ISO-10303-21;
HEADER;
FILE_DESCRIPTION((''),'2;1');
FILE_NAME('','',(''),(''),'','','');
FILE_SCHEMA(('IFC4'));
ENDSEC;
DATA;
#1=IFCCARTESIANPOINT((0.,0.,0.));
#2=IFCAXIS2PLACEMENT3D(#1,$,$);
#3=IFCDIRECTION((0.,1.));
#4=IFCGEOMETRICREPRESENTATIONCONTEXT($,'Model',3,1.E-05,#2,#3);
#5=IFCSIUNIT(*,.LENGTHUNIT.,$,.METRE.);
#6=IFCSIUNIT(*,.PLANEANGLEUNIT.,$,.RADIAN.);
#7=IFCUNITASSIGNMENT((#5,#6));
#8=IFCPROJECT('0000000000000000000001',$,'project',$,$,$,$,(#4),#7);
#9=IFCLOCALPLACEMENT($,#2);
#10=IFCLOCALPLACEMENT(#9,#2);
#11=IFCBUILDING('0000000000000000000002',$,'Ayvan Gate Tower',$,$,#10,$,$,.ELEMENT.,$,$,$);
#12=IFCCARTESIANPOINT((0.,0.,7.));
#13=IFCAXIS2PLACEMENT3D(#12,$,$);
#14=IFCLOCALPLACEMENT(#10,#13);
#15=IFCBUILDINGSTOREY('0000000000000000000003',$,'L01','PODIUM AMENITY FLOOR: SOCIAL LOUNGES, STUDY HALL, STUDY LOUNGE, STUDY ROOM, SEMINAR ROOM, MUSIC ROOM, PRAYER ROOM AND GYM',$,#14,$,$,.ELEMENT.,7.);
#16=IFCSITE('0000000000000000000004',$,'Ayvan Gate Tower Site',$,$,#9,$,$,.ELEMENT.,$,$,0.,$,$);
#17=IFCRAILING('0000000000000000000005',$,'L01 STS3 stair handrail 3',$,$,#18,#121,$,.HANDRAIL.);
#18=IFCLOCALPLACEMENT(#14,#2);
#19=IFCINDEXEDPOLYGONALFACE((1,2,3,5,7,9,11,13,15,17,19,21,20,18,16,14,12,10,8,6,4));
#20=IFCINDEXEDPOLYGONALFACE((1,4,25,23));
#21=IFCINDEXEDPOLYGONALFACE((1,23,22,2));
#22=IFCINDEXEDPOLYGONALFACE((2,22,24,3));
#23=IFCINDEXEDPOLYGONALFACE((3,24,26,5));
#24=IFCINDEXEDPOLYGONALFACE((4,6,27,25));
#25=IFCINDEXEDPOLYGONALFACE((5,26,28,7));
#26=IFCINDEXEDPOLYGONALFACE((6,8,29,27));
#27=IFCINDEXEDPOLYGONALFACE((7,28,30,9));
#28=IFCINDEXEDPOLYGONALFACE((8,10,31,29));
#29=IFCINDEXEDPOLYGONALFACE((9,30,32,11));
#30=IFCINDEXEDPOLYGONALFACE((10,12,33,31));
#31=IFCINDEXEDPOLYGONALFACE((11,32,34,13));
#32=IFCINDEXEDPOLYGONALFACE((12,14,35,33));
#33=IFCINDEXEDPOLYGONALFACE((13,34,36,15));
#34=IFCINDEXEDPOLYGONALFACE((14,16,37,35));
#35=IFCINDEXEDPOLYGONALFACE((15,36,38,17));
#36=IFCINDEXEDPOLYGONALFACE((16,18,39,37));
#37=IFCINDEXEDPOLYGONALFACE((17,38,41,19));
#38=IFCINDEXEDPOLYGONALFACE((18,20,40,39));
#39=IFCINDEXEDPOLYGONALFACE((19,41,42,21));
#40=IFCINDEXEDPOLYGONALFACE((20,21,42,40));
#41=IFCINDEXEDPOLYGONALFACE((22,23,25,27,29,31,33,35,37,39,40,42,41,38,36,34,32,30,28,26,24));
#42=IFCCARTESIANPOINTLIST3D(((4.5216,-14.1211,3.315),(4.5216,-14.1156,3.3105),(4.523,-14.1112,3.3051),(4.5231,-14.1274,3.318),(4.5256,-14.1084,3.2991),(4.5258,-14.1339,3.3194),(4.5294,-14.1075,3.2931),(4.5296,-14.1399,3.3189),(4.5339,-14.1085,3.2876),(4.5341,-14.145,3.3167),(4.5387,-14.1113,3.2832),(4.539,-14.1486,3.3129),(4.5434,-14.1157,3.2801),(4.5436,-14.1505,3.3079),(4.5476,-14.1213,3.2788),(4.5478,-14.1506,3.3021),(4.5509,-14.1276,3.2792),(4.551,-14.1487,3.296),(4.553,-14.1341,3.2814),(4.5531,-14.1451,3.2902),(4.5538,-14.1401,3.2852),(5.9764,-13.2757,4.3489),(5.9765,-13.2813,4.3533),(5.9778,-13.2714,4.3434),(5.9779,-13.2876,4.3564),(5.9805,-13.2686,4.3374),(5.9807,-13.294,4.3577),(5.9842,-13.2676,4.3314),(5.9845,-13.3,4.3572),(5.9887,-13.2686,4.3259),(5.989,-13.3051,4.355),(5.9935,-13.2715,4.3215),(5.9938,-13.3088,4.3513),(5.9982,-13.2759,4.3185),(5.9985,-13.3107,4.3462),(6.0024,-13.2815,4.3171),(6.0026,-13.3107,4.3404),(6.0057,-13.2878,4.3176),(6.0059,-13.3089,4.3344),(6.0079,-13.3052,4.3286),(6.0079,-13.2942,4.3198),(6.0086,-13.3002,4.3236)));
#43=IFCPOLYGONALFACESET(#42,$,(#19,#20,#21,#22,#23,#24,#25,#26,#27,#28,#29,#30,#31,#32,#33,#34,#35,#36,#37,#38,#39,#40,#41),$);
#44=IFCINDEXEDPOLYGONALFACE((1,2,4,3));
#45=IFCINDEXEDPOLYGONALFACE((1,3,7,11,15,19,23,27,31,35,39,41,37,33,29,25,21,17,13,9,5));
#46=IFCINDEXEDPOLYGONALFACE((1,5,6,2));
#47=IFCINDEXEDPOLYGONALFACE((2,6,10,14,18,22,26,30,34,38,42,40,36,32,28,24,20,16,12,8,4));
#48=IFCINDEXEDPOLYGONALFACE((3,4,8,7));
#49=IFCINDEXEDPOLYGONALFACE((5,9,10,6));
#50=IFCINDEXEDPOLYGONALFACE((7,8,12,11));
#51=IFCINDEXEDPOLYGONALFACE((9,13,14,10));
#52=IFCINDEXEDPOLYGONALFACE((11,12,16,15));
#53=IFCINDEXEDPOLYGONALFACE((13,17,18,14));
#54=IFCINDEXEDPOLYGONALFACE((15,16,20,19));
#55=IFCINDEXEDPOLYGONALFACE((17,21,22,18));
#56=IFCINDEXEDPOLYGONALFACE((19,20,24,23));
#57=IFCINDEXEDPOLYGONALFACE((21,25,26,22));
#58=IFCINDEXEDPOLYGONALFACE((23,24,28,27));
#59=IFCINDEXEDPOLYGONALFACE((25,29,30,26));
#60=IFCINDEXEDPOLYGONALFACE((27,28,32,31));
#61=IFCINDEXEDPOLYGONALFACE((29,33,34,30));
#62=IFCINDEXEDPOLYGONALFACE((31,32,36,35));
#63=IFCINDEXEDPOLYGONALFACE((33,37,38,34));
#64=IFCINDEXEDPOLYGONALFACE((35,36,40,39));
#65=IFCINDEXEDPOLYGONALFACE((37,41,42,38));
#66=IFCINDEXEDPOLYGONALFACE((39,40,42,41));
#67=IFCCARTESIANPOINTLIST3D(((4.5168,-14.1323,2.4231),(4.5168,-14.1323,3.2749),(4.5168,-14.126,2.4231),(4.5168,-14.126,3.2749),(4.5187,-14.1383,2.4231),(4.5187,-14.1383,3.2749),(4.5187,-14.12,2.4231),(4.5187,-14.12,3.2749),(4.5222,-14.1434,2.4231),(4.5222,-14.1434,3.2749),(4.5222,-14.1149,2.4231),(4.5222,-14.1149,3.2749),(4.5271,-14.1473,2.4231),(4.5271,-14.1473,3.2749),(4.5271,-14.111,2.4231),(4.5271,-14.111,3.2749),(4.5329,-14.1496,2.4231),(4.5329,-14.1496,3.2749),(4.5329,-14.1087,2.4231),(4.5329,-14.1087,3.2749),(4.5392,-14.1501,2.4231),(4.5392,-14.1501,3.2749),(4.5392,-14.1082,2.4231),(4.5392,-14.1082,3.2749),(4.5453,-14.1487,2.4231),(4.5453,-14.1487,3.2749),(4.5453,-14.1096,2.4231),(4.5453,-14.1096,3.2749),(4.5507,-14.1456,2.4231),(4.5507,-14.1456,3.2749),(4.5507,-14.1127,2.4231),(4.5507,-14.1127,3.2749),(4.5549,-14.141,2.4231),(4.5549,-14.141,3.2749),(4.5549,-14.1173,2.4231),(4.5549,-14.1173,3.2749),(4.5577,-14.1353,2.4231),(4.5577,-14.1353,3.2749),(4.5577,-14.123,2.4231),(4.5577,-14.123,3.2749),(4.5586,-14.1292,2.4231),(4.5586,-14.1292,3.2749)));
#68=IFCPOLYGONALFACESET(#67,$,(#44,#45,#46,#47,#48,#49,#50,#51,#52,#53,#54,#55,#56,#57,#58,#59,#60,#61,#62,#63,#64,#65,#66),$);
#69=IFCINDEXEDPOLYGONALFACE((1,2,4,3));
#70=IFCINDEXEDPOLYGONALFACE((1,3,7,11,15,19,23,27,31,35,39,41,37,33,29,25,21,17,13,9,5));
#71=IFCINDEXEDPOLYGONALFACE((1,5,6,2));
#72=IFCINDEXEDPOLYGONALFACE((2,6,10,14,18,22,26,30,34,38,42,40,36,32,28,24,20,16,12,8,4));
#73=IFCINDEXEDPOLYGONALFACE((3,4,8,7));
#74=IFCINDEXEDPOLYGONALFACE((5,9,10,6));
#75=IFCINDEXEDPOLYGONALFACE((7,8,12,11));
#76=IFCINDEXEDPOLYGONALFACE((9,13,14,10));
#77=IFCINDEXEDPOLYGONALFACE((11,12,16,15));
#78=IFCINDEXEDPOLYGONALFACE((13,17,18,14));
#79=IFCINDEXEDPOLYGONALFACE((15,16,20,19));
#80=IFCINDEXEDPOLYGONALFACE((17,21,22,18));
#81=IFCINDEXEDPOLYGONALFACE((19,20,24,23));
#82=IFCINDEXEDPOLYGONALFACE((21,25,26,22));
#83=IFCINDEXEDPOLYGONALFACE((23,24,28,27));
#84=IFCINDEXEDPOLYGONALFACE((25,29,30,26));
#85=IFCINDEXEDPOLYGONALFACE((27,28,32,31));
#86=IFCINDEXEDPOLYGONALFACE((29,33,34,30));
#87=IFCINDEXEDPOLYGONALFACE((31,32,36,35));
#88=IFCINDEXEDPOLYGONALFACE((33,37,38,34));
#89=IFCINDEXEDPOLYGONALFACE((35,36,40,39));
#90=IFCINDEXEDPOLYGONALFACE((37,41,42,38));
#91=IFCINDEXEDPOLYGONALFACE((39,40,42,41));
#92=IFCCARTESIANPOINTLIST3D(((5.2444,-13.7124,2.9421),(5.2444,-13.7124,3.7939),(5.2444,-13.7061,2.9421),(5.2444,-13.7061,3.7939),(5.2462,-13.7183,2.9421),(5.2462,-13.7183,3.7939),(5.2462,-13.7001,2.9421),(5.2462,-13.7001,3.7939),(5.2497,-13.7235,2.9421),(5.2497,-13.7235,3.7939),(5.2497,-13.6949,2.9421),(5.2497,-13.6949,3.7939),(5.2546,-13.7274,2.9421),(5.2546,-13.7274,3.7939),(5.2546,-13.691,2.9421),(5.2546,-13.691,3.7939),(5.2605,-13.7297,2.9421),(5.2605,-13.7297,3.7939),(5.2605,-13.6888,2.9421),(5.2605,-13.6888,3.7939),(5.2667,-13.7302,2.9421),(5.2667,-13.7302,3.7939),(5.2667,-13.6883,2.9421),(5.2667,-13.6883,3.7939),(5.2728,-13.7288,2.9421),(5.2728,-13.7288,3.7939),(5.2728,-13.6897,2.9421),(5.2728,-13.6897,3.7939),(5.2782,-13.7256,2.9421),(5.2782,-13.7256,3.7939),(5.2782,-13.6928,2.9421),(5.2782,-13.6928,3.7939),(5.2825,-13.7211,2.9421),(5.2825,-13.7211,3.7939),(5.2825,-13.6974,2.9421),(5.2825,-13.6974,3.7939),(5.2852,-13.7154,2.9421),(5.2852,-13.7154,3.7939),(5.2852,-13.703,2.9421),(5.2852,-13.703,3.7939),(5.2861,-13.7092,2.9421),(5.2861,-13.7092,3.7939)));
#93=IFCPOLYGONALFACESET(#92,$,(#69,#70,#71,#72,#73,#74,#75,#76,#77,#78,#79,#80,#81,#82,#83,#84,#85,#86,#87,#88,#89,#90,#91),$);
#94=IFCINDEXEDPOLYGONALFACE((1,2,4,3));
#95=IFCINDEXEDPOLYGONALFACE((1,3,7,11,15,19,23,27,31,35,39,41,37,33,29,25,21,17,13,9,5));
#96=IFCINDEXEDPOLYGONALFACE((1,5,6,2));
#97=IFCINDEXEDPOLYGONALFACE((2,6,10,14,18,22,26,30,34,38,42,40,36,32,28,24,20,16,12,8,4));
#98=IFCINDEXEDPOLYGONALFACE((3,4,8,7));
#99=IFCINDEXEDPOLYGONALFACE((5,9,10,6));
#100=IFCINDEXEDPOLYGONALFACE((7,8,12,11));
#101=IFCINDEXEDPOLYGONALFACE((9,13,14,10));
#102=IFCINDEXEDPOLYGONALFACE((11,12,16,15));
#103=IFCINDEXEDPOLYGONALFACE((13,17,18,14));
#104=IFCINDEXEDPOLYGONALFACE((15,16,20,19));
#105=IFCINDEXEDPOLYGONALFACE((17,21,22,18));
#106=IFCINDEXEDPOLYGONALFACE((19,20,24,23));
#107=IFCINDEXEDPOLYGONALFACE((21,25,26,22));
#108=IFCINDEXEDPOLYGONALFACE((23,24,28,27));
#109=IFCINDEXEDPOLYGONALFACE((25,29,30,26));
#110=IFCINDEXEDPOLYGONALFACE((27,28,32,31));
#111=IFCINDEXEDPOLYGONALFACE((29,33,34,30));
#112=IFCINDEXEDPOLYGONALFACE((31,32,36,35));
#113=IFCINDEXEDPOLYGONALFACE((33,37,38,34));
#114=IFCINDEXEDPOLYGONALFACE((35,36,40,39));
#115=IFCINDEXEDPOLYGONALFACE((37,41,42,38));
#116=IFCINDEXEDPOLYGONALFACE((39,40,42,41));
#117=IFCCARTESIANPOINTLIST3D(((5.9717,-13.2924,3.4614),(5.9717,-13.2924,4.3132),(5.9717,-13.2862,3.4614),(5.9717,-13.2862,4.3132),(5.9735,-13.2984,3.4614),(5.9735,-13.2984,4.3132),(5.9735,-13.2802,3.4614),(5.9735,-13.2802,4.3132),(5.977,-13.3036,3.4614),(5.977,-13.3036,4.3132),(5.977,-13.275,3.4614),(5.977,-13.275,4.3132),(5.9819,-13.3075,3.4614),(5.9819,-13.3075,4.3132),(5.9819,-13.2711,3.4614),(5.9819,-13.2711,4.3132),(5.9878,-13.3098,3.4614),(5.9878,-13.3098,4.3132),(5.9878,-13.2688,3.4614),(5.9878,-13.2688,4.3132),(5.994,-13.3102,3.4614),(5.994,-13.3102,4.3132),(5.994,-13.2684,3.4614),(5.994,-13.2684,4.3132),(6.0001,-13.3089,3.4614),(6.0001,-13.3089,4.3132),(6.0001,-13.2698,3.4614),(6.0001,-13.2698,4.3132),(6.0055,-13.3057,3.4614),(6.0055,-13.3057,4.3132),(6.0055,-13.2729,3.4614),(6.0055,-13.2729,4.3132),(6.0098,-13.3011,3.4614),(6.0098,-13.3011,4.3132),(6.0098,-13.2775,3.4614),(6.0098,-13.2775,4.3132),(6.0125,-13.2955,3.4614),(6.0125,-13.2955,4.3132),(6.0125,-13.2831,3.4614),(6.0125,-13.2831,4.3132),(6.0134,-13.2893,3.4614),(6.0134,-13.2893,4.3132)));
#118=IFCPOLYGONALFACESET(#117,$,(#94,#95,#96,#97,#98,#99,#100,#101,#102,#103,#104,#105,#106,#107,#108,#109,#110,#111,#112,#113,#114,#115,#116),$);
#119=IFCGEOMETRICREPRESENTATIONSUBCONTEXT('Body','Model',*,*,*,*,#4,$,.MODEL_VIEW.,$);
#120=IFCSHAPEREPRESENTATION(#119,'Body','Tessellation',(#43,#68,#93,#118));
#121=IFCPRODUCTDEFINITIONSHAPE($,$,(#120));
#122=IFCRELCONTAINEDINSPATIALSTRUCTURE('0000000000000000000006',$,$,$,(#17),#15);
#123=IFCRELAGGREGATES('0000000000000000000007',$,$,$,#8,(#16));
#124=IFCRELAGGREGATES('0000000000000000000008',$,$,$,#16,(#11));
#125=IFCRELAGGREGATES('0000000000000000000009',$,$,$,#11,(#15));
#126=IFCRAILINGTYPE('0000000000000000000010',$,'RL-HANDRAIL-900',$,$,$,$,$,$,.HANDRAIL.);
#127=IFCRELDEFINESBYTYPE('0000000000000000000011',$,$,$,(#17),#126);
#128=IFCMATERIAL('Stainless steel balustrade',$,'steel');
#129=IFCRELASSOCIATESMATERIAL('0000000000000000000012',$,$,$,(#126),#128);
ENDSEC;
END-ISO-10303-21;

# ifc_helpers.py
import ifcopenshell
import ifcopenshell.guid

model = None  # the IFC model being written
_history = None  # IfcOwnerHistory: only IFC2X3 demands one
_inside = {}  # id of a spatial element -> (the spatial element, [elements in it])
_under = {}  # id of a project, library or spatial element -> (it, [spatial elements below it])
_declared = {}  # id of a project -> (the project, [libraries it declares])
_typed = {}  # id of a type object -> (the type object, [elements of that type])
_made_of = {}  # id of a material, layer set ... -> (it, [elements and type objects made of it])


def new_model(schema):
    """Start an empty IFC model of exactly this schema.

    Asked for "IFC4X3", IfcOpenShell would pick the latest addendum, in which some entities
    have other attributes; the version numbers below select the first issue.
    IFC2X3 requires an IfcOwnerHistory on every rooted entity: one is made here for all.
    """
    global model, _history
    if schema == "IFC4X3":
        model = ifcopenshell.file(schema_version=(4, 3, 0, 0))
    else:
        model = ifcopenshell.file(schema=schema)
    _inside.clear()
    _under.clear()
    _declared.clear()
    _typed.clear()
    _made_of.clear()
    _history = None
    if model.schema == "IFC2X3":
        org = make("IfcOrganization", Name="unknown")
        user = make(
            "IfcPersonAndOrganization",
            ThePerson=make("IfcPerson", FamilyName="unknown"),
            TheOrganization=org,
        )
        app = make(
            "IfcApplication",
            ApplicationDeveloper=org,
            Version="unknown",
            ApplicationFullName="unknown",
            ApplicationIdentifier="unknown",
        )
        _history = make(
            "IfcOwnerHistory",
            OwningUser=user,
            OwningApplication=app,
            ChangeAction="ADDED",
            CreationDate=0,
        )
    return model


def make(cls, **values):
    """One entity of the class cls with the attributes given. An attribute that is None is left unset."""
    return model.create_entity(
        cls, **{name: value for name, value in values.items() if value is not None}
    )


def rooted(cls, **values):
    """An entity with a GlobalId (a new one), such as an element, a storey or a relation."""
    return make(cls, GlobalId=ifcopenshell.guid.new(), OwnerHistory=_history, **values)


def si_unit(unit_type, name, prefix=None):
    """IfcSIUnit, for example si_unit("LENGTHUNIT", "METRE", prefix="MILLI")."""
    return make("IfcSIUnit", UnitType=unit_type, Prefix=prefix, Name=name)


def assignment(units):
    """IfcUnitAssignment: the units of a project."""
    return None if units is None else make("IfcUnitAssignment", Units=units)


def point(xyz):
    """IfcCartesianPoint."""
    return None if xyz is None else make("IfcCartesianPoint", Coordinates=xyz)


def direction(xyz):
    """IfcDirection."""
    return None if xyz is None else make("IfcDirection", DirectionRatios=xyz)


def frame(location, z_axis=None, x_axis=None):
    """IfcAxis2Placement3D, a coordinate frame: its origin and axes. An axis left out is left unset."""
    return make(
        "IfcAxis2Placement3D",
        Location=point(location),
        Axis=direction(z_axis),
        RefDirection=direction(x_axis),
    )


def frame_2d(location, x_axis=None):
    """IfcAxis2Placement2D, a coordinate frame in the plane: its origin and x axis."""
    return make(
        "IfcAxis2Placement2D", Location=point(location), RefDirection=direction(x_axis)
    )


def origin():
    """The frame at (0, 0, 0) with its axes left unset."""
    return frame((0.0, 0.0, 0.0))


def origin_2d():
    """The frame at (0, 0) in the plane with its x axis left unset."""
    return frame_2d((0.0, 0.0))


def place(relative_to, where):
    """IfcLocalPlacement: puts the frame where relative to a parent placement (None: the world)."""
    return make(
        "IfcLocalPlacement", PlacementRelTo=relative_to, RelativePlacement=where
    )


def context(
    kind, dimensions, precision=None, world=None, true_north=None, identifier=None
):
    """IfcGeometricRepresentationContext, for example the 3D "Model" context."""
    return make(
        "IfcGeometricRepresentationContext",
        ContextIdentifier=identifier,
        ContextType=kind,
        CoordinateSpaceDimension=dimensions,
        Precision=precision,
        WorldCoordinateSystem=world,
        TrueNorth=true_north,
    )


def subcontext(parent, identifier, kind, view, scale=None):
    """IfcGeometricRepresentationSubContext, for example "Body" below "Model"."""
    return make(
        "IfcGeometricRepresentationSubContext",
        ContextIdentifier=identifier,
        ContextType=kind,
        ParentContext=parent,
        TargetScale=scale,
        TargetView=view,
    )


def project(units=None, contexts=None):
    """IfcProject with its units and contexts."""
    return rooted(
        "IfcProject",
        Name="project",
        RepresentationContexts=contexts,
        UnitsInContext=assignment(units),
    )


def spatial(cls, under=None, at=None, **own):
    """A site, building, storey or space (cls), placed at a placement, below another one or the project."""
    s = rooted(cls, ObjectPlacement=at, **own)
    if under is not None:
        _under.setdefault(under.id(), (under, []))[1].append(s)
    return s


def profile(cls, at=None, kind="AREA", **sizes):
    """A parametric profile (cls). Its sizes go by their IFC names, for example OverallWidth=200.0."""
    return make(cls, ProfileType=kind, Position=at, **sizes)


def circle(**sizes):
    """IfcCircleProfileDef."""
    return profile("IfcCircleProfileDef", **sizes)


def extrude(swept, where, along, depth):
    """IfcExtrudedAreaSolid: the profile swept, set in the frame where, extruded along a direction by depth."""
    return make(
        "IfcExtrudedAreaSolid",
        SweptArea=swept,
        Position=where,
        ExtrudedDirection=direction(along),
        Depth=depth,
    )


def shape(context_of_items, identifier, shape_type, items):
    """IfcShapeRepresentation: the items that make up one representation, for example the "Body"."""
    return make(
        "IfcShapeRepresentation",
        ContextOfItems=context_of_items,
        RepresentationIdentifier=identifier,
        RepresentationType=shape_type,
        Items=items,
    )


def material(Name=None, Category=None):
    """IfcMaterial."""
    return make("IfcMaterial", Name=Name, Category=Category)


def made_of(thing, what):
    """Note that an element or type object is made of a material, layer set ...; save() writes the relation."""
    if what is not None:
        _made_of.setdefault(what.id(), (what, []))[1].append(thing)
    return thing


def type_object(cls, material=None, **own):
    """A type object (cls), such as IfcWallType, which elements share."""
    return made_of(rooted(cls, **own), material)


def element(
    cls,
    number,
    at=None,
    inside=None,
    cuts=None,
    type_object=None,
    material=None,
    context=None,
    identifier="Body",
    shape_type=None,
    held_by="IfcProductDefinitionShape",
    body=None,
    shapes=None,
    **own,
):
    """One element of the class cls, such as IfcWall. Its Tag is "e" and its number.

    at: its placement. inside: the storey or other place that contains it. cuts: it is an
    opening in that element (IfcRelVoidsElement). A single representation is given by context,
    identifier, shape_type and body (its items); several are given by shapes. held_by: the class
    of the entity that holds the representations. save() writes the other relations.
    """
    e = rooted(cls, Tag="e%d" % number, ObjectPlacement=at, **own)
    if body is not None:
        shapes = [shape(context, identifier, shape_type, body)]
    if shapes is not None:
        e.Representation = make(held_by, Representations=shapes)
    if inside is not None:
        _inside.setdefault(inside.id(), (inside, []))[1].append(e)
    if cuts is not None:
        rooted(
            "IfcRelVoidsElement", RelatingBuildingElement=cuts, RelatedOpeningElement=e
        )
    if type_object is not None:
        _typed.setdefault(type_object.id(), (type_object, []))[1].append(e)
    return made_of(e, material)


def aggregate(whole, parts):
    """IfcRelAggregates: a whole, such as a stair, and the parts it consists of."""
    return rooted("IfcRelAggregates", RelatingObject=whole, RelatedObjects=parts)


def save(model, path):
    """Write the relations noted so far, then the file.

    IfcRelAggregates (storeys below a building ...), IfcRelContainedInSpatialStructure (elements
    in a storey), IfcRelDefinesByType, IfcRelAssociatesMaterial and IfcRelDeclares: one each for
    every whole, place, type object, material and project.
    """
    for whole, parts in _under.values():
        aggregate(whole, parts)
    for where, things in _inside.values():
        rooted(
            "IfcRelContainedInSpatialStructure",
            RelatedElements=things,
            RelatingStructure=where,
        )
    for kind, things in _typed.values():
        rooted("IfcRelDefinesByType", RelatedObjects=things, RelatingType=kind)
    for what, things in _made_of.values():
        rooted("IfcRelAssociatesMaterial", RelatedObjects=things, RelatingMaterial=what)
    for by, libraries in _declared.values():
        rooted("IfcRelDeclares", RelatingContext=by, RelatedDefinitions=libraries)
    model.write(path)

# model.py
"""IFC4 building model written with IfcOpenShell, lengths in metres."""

from ifc_helpers import new_model, si_unit, direction, frame, origin, origin_2d, place, context, subcontext, project, spatial, circle, extrude, material, type_object, element, save


model = new_model("IFC4")

# Units and contexts
model_context = context("Model", 3, precision=1e-05, world=origin(), true_north=direction((0.0, 1.0)))
body_context = subcontext(model_context, "Body", "Model", "MODEL_VIEW")
ifc_project = project(units=[si_unit("LENGTHUNIT", "METRE"), si_unit("PLANEANGLEUNIT", "RADIAN")], contexts=[model_context])

# Site, building, storey
site_placement = place(None, origin())
site = spatial("IfcSite", under=ifc_project, at=site_placement, Name="Ayvan Gate Tower Site", CompositionType="ELEMENT", RefElevation=0.0)
building_placement = place(site_placement, origin())
building = spatial("IfcBuilding", under=site, at=building_placement, Name="Ayvan Gate Tower", CompositionType="ELEMENT")
storey_placement = place(building_placement, frame((0.0, 0.0, 7.0)))
storey = spatial("IfcBuildingStorey", under=building, at=storey_placement, Name="L01", Description="PODIUM AMENITY FLOOR: SOCIAL LOUNGES, STUDY HALL, STUDY LOUNGE, STUDY ROOM, SEMINAR ROOM, MUSIC ROOM, PRAYER ROOM AND GYM", CompositionType="ELEMENT", Elevation=7.0)

# Railing
ifc_material_1 = material(Name="Stainless steel balustrade", Category="steel")
railing_type = type_object("IfcRailingType", Name="RL-HANDRAIL-900", PredefinedType="HANDRAIL", material=ifc_material_1)
railing_placement = place(storey_placement, frame((4.5376, -14.1292, 2.4231)))
element("IfcRailing", 1, at=railing_placement, inside=storey, type_object=railing_type, Name="L01 STS3 stair handrail 3", PredefinedType="HANDRAIL", context=body_context, shape_type="SweptSolid", body=[
    extrude(circle(Radius=0.0239, at=origin_2d()), frame((0.0, 0.0, 0.876), z_axis=(0.736683, 0.425271, 0.525778), x_axis=(-0.499953, 0.866052, 0.0)), (0.0, 0.0, 1.0), 1.9749),
    extrude(circle(Radius=0.021, at=origin_2d()), origin(), (0.0, 0.0, 1.0), 0.8518),
    extrude(circle(Radius=0.021, at=origin_2d()), frame((0.7275, 0.4199, 0.519)), (0.0, 0.0, 1.0), 0.8518),
    extrude(circle(Radius=0.021, at=origin_2d()), frame((1.4548, 0.8398, 1.0383)), (0.0, 0.0, 1.0), 0.8518),
])

save(model, "model.ifc")
